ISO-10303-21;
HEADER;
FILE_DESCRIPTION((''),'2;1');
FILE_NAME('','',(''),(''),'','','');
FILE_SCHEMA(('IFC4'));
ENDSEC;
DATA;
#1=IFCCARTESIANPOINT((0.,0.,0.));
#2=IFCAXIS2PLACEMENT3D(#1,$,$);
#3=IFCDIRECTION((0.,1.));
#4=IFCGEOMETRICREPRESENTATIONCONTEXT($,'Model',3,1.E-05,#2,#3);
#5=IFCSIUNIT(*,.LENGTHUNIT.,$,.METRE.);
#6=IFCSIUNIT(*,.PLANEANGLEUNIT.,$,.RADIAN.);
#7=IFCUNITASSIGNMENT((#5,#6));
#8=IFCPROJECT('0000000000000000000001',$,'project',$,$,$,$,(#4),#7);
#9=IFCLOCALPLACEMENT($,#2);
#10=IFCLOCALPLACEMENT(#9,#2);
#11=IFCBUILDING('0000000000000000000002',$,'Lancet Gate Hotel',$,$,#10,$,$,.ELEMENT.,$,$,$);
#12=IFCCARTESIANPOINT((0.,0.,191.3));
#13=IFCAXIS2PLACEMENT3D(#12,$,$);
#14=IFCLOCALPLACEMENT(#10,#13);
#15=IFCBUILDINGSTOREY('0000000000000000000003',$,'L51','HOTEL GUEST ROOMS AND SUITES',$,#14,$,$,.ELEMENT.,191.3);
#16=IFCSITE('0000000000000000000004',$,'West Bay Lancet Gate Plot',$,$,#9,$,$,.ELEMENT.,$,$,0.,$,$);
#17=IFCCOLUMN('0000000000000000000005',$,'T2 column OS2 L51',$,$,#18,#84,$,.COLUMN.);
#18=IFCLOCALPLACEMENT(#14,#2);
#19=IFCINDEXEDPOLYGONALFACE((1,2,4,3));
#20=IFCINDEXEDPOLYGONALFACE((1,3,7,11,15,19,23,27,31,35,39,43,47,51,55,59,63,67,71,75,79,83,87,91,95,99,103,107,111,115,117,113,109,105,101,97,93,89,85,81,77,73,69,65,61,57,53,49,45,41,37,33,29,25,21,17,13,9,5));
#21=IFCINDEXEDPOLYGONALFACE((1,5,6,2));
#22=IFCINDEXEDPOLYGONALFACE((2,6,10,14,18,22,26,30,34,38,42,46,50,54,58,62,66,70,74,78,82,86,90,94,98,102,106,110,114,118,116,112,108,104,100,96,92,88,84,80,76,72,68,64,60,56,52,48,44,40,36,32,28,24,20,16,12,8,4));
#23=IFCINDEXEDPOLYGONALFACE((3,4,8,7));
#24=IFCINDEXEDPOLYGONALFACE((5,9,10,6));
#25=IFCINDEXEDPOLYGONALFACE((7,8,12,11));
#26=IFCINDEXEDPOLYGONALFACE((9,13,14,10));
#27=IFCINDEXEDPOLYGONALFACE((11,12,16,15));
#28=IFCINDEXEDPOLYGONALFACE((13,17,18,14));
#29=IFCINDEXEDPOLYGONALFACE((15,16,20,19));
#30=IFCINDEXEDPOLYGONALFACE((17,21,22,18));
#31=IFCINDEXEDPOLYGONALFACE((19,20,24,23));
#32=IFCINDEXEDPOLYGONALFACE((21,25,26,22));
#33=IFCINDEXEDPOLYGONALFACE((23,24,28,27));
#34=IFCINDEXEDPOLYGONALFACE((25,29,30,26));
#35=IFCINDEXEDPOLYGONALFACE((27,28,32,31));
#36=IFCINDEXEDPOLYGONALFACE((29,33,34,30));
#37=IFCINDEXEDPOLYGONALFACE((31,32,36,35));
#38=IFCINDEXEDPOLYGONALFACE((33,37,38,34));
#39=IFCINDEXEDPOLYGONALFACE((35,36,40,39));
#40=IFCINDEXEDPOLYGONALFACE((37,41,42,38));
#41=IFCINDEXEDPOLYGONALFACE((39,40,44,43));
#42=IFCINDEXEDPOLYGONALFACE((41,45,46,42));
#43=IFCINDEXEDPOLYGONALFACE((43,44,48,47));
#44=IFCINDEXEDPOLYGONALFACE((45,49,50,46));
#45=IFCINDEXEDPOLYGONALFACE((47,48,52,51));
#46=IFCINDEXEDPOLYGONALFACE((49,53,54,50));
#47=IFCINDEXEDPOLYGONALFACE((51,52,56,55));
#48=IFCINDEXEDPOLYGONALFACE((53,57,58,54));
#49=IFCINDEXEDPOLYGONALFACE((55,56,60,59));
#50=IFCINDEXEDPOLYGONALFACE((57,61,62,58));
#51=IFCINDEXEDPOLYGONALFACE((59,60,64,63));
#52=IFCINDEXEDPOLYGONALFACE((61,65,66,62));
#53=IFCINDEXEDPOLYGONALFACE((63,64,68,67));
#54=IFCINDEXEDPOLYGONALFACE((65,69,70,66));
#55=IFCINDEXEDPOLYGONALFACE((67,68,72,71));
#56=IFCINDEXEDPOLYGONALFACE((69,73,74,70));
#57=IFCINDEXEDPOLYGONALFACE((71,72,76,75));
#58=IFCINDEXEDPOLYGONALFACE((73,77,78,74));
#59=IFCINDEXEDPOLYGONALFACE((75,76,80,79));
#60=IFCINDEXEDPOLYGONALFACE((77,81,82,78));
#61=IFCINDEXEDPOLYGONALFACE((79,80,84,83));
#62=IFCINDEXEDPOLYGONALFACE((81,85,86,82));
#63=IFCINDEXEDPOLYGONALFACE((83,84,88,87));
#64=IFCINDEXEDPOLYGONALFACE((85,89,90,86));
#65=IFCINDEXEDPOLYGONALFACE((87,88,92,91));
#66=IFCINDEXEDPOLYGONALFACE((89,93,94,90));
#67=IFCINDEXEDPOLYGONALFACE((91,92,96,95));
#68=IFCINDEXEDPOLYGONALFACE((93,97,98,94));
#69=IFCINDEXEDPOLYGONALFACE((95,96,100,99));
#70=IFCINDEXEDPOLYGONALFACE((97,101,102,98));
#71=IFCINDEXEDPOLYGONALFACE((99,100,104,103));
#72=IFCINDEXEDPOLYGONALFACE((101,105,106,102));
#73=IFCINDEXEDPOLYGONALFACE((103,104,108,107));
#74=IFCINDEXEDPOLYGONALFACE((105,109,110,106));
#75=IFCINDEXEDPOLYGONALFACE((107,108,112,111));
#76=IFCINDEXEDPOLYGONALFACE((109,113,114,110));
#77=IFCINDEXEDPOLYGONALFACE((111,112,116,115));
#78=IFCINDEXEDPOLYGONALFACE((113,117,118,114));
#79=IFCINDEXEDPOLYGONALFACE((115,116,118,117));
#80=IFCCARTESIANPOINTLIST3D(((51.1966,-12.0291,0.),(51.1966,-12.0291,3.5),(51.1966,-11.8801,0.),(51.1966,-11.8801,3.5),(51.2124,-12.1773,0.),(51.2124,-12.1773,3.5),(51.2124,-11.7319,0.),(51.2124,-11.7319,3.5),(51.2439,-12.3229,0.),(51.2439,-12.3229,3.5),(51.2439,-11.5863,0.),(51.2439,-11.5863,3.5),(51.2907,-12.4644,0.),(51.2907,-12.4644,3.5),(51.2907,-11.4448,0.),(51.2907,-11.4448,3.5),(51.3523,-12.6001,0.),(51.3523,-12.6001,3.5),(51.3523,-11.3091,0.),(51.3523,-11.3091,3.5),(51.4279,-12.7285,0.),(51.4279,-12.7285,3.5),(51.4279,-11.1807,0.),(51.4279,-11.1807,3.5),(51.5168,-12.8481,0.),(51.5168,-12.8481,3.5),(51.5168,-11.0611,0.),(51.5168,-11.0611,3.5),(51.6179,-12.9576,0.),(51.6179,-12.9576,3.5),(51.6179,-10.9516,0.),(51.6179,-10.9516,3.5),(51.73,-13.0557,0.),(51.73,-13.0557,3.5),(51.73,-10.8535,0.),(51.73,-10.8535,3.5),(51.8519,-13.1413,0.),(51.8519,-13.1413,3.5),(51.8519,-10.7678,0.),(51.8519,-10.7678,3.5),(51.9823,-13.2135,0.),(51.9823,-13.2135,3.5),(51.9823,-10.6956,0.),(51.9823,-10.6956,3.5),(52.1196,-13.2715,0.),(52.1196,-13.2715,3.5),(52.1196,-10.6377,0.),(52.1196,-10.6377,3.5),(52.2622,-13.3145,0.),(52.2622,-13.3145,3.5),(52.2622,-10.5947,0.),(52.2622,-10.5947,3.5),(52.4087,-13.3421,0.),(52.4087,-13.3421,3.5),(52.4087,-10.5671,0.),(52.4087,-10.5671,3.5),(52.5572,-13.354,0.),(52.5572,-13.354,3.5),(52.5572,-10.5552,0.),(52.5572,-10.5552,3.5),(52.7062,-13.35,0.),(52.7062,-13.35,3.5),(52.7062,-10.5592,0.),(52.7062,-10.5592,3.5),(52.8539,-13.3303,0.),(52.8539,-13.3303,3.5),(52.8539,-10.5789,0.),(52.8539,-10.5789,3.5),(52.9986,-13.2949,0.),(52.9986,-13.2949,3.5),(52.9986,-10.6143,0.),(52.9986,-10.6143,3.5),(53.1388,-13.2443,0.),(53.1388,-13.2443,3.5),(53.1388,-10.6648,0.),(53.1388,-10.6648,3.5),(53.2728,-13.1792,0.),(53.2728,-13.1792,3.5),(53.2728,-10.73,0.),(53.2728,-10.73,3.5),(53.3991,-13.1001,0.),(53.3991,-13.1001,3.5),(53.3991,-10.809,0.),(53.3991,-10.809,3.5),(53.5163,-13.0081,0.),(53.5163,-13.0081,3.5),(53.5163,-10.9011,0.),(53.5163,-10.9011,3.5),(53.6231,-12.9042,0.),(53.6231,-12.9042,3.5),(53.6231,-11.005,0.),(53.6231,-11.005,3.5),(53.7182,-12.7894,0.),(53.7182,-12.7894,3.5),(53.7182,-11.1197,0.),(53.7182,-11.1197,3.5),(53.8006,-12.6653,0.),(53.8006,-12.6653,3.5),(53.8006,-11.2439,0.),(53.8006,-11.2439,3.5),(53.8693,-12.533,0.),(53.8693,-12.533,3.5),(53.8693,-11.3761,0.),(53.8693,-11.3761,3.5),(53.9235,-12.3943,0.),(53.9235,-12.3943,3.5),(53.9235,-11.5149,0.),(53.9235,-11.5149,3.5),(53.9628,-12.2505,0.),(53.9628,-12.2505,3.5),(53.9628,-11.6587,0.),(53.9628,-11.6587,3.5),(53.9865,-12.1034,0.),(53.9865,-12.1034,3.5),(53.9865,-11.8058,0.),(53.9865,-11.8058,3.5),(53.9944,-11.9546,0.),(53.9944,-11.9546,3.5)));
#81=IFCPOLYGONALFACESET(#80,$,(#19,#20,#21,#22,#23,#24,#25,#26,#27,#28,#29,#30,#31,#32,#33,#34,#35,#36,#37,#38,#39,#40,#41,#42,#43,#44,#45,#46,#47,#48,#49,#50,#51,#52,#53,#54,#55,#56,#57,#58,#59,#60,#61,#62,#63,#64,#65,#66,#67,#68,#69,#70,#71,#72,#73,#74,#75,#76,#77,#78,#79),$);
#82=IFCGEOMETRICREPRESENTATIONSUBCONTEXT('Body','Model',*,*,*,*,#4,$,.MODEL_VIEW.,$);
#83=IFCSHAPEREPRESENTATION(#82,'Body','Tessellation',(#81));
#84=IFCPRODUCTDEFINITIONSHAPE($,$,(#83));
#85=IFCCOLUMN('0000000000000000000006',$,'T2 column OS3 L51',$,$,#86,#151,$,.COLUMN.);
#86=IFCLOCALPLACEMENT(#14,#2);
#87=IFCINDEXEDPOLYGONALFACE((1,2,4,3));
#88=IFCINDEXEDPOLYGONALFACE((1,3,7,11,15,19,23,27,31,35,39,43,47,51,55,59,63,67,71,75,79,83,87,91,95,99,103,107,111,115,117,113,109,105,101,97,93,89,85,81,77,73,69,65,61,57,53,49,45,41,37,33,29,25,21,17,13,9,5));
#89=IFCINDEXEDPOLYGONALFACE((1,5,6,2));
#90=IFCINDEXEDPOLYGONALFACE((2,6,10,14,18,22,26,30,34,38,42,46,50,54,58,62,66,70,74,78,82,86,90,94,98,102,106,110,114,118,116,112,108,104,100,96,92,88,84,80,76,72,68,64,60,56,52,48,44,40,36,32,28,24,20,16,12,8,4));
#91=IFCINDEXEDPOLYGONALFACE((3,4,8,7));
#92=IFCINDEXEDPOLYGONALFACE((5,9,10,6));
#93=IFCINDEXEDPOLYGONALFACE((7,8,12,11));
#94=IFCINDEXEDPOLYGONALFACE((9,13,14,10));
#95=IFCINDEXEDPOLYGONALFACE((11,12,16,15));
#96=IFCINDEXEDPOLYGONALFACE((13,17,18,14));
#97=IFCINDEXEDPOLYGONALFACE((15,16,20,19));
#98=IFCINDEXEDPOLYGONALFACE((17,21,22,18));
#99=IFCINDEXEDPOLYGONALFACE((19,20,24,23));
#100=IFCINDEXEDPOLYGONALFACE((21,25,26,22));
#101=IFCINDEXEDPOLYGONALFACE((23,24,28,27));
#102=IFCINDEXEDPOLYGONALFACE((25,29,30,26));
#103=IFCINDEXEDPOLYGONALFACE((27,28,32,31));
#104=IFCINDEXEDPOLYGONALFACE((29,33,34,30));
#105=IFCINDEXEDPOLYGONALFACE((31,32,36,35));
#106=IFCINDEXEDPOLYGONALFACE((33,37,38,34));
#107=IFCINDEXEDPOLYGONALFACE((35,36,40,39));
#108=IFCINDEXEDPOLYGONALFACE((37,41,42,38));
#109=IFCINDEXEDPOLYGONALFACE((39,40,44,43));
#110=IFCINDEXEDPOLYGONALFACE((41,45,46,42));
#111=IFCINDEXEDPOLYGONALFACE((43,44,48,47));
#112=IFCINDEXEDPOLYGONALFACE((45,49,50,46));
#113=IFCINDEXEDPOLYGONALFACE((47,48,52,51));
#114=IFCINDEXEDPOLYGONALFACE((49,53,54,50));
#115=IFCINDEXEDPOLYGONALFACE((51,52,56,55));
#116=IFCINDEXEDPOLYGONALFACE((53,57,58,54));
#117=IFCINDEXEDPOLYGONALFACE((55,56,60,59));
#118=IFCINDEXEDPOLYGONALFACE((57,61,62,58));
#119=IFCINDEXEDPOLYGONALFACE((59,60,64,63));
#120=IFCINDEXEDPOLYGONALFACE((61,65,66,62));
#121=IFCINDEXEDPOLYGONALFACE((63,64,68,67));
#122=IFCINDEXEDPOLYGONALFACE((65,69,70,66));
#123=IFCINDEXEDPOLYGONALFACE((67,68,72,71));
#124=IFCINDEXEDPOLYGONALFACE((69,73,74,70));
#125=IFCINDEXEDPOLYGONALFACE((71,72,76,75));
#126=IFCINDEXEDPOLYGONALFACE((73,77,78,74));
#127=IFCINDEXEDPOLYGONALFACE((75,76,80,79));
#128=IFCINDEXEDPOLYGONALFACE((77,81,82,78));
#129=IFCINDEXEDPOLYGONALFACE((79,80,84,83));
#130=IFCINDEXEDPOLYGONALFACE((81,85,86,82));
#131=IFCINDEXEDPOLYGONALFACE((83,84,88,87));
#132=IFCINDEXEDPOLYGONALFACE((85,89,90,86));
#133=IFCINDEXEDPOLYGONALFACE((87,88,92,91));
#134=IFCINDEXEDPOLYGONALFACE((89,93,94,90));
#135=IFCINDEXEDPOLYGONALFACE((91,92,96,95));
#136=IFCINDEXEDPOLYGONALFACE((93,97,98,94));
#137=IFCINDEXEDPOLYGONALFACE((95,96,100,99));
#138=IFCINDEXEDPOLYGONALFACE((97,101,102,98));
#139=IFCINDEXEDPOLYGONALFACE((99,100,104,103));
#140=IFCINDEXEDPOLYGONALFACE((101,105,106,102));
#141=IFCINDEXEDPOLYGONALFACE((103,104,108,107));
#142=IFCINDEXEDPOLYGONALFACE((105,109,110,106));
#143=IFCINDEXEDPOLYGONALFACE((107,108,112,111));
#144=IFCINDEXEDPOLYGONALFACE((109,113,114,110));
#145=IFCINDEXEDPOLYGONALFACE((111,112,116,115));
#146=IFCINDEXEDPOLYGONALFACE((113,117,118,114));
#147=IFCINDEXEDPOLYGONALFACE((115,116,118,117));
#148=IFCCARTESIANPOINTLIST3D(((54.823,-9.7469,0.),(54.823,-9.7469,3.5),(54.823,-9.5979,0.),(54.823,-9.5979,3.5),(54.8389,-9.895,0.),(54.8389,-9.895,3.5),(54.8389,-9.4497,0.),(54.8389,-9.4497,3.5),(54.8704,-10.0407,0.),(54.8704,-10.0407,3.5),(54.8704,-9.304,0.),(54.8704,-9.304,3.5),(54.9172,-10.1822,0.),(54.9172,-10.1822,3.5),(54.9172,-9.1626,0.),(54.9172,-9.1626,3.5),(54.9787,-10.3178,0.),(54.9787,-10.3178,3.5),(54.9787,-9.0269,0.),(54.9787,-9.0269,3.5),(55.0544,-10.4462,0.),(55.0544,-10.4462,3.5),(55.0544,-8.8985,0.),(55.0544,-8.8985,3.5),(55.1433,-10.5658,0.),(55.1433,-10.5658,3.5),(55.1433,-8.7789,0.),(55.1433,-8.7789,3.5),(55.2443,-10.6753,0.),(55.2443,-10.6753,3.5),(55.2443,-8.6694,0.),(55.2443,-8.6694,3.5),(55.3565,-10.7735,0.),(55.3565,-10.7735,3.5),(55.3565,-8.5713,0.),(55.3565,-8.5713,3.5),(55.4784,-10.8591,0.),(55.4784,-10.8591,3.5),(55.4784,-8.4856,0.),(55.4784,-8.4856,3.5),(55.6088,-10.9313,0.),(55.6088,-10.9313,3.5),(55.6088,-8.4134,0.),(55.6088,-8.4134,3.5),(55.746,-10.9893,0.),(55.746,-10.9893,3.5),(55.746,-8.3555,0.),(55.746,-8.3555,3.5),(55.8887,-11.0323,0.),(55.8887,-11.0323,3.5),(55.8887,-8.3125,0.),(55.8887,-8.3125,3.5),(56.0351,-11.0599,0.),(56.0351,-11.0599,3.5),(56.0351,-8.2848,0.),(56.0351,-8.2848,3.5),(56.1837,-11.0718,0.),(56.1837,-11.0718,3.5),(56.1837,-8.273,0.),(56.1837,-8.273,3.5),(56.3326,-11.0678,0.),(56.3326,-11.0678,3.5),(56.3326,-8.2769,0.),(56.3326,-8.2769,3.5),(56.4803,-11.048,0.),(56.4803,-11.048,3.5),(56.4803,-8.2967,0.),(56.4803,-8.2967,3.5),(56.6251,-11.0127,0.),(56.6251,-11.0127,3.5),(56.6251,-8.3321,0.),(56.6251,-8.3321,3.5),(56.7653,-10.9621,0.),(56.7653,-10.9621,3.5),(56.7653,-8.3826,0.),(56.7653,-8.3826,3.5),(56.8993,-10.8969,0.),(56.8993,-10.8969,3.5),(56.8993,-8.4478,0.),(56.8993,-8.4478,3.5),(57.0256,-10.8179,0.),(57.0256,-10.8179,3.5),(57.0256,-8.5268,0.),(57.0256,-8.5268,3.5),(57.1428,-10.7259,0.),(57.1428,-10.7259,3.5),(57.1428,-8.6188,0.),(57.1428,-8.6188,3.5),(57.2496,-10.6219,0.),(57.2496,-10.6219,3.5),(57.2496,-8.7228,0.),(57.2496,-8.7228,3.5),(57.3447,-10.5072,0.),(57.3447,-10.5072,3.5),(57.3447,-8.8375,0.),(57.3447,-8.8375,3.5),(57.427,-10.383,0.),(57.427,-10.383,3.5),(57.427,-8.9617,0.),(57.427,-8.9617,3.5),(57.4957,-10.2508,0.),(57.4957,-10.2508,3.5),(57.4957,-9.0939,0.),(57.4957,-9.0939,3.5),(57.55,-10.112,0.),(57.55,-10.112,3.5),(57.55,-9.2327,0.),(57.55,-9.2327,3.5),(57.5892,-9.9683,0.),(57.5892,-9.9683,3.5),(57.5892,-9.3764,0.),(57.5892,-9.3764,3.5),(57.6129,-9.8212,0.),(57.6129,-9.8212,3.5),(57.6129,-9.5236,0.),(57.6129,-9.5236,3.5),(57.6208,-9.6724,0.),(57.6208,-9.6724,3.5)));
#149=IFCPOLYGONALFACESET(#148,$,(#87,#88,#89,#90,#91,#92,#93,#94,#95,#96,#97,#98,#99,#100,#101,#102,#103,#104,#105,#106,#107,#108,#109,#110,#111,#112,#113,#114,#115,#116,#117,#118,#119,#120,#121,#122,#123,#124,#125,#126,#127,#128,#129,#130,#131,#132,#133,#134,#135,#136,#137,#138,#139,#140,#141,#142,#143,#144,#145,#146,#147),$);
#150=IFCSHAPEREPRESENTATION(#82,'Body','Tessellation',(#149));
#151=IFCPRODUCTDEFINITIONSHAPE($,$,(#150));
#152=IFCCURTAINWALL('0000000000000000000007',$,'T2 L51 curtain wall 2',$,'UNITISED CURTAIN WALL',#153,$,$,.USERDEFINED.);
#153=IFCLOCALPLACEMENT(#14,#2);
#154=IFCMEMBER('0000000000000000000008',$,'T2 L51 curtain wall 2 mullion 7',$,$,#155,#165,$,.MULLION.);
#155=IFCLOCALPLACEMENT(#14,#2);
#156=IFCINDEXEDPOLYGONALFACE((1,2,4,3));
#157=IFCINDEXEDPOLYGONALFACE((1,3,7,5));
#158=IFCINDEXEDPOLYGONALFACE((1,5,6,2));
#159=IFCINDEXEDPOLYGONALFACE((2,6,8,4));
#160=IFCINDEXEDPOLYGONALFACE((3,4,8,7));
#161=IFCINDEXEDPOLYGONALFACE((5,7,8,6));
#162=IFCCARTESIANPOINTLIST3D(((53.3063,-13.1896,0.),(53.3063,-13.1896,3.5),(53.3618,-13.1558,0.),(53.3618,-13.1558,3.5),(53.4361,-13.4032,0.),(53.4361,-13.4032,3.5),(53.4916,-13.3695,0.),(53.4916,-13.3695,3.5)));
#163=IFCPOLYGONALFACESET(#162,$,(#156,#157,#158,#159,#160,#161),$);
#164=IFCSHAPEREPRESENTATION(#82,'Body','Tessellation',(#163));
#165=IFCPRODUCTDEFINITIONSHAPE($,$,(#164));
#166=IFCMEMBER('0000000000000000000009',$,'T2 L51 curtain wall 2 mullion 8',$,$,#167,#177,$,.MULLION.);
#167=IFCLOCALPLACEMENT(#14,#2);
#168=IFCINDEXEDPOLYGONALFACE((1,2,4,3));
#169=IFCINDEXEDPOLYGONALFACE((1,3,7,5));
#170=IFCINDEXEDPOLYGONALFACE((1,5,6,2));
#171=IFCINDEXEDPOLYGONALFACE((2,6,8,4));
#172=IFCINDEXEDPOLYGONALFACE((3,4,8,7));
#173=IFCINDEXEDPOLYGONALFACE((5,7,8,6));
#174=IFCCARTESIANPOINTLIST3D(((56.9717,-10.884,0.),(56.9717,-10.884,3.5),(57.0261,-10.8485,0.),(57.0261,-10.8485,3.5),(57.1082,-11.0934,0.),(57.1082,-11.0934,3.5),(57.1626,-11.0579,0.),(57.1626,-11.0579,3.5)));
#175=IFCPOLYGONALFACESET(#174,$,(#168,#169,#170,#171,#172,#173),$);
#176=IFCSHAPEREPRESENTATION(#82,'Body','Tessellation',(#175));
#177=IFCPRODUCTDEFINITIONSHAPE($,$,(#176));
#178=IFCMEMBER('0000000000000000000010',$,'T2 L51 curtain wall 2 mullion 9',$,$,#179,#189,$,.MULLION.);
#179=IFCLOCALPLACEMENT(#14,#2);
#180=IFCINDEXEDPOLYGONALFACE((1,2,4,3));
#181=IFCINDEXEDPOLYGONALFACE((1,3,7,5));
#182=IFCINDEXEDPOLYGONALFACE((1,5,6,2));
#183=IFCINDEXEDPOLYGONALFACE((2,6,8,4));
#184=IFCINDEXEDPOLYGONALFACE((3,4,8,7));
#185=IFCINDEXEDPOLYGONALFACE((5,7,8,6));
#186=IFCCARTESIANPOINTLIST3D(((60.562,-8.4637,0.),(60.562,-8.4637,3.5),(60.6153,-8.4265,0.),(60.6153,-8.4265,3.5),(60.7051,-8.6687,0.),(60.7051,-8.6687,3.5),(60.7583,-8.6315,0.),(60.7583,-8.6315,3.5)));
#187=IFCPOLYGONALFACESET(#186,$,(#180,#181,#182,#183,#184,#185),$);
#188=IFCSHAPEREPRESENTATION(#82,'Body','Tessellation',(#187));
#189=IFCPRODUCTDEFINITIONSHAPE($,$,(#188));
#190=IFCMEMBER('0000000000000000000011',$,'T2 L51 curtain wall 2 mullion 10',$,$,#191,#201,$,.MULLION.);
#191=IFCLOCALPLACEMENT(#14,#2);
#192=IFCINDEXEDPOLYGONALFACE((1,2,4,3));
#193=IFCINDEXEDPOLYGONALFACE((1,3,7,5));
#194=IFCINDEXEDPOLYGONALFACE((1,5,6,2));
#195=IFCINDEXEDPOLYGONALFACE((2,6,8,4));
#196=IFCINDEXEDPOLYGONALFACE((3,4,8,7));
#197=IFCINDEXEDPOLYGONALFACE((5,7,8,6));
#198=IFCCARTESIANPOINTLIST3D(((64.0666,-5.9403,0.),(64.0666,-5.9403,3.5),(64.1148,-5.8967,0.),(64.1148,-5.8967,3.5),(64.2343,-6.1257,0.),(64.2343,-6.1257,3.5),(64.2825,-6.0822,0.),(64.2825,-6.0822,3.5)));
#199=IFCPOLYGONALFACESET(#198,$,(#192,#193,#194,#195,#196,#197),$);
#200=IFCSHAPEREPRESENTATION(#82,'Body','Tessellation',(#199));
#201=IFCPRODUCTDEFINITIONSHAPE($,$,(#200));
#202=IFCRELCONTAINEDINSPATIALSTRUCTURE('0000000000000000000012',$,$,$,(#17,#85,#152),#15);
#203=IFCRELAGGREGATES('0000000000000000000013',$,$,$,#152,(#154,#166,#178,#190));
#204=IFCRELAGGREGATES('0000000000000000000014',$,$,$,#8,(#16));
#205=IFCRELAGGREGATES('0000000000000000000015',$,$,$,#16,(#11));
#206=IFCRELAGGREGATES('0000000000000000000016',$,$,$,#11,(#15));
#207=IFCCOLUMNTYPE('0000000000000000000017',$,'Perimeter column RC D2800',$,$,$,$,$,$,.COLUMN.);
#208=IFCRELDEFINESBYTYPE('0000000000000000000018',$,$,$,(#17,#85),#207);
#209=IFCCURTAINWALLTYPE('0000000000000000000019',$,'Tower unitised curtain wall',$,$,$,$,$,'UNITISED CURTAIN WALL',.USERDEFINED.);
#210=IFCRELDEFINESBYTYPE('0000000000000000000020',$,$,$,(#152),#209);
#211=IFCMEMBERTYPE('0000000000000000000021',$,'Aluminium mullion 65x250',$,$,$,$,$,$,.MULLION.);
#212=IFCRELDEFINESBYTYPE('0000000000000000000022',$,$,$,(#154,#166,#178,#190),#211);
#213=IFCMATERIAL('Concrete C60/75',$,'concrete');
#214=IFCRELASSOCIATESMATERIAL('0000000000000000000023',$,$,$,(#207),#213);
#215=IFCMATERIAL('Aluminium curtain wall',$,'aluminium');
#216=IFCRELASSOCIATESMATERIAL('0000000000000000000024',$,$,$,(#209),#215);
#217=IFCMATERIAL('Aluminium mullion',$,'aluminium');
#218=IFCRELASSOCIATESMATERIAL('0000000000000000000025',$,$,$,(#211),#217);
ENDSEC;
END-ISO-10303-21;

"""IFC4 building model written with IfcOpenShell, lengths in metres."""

from ifc_helpers import new_model, si_unit, direction, frame, origin, origin_2d, place, context, subcontext, project, spatial, rectangle, circle, extrude, material, material_profile, profile_set, type_object, element, aggregate, save


model = new_model("IFC4")

# Units and contexts
model_context = context("Model", 3, precision=1e-05, world=origin(), true_north=direction((0.0, 1.0)))
body_context = subcontext(model_context, "Body", "Model", "MODEL_VIEW")
ifc_project = project(units=[si_unit("LENGTHUNIT", "METRE"), si_unit("PLANEANGLEUNIT", "RADIAN")], contexts=[model_context])

# Site, building, storey
site_placement = place(None, origin())
site = spatial("IfcSite", under=ifc_project, at=site_placement, Name="West Bay Lancet Gate Plot", CompositionType="ELEMENT", RefElevation=0.0)
building_placement = place(site_placement, origin())
building = spatial("IfcBuilding", under=site, at=building_placement, Name="Lancet Gate Hotel", CompositionType="ELEMENT")
storey_placement = place(building_placement, frame((0.0, 0.0, 191.3)))
storey = spatial("IfcBuildingStorey", under=building, at=storey_placement, Name="L51", Description="HOTEL GUEST ROOMS AND SUITES", CompositionType="ELEMENT", Elevation=191.3)

# Columns
ifc_material_1 = material(Name="Concrete C60/75", Category="concrete")
ifc_material_profile_1 = material_profile(ifc_material_1, circle(Radius=1.3999, at=origin_2d()), Name="RC D2800")
ifc_profile_set_1 = profile_set([ifc_material_profile_1], Name="Concrete C60/75")
column_type = type_object("IfcColumnType", Name="Perimeter column RC D2800", PredefinedType="COLUMN", material=ifc_profile_set_1)
for number, where, z_axis, x_axis, name in (
    (1, (52.5945, -11.9546, 0.0), (0.0, 0.0, 1.0), (1.0, 0.0, 0.0), "T2 column OS2 L51"),
    (2, (56.2209, -9.6724, 0.0), (0.0, 0.0, 1.0), (1.0, 0.0, 0.0), "T2 column OS3 L51"),
):
    element("IfcColumn", number, at=place(storey_placement, frame(where, z_axis=z_axis, x_axis=x_axis)), inside=storey, type_object=column_type, Name=name, PredefinedType="COLUMN", context=body_context, shape_type="SweptSolid", body=[
        extrude(circle(Radius=1.3999, at=origin_2d()), origin(), (0.0, 0.0, 1.0), 3.5),
    ])

# Curtain wall, members
ifc_material_2 = material(Name="Aluminium curtain wall", Category="aluminium")
curtain_wall_type = type_object("IfcCurtainWallType", Name="Tower unitised curtain wall", ElementType="UNITISED CURTAIN WALL", PredefinedType="USERDEFINED", material=ifc_material_2)
curtain_wall_placement = place(storey_placement, origin())
curtain_wall = element("IfcCurtainWall", 3, at=curtain_wall_placement, inside=storey, type_object=curtain_wall_type, Name="T2 L51 curtain wall 2", ObjectType="UNITISED CURTAIN WALL", PredefinedType="USERDEFINED")
ifc_material_3 = material(Name="Aluminium mullion", Category="aluminium")
ifc_material_profile_2 = material_profile(ifc_material_3, rectangle(XDim=0.0649, YDim=0.25, at=origin_2d()), Name="MULLION 65x250")
ifc_profile_set_2 = profile_set([ifc_material_profile_2], Name="Aluminium mullion")
member_type_1 = type_object("IfcMemberType", Name="Aluminium mullion 65x250", PredefinedType="MULLION", material=ifc_profile_set_2)
member_1_placement = place(storey_placement, frame((53.3989, -13.2795, 0.0), z_axis=(0.0, 0.0, 1.0), x_axis=(0.854691, 0.519137, 0.0)))
member_1 = element("IfcMember", 4, at=member_1_placement, type_object=member_type_1, Name="T2 L51 curtain wall 2 mullion 7", PredefinedType="MULLION", context=body_context, shape_type="SweptSolid", body=[
    extrude(rectangle(XDim=0.0649, YDim=0.25, at=origin_2d()), origin(), (0.0, 0.0, 1.0), 3.5),
])
member_2_placement = place(storey_placement, frame((57.0671, -10.9709, 0.0), z_axis=(0.0, 0.0, 1.0), x_axis=(0.837801, 0.545976, 0.0)))
member_2 = element("IfcMember", 5, at=member_2_placement, type_object=member_type_1, Name="T2 L51 curtain wall 2 mullion 8", PredefinedType="MULLION", context=body_context, shape_type="SweptSolid", body=[
    extrude(rectangle(XDim=0.0649, YDim=0.25, at=origin_2d()), origin(), (0.0, 0.0, 1.0), 3.5),
])
member_3_placement = place(storey_placement, frame((60.6602, -8.5476, 0.0), z_axis=(0.0, 0.0, 1.0), x_axis=(0.820068, 0.572266, 0.0)))
member_3 = element("IfcMember", 6, at=member_3_placement, type_object=member_type_1, Name="T2 L51 curtain wall 2 mullion 9", PredefinedType="MULLION", context=body_context, shape_type="SweptSolid", body=[
    extrude(rectangle(XDim=0.0649, YDim=0.25, at=origin_2d()), origin(), (0.0, 0.0, 1.0), 3.5),
])
member_4_placement = place(storey_placement, frame((64.1746, -6.0112, 0.0), z_axis=(0.0, 0.0, 1.0), x_axis=(0.741693, 0.670739, 0.0)))
member_4 = element("IfcMember", 7, at=member_4_placement, type_object=member_type_1, Name="T2 L51 curtain wall 2 mullion 10", PredefinedType="MULLION", context=body_context, shape_type="SweptSolid", body=[
    extrude(rectangle(XDim=0.0649, YDim=0.25, at=origin_2d()), origin(), (0.0, 0.0, 1.0), 3.5),
])

aggregate(curtain_wall, [member_1, member_2, member_3, member_4])

save(model, "model.ifc")
